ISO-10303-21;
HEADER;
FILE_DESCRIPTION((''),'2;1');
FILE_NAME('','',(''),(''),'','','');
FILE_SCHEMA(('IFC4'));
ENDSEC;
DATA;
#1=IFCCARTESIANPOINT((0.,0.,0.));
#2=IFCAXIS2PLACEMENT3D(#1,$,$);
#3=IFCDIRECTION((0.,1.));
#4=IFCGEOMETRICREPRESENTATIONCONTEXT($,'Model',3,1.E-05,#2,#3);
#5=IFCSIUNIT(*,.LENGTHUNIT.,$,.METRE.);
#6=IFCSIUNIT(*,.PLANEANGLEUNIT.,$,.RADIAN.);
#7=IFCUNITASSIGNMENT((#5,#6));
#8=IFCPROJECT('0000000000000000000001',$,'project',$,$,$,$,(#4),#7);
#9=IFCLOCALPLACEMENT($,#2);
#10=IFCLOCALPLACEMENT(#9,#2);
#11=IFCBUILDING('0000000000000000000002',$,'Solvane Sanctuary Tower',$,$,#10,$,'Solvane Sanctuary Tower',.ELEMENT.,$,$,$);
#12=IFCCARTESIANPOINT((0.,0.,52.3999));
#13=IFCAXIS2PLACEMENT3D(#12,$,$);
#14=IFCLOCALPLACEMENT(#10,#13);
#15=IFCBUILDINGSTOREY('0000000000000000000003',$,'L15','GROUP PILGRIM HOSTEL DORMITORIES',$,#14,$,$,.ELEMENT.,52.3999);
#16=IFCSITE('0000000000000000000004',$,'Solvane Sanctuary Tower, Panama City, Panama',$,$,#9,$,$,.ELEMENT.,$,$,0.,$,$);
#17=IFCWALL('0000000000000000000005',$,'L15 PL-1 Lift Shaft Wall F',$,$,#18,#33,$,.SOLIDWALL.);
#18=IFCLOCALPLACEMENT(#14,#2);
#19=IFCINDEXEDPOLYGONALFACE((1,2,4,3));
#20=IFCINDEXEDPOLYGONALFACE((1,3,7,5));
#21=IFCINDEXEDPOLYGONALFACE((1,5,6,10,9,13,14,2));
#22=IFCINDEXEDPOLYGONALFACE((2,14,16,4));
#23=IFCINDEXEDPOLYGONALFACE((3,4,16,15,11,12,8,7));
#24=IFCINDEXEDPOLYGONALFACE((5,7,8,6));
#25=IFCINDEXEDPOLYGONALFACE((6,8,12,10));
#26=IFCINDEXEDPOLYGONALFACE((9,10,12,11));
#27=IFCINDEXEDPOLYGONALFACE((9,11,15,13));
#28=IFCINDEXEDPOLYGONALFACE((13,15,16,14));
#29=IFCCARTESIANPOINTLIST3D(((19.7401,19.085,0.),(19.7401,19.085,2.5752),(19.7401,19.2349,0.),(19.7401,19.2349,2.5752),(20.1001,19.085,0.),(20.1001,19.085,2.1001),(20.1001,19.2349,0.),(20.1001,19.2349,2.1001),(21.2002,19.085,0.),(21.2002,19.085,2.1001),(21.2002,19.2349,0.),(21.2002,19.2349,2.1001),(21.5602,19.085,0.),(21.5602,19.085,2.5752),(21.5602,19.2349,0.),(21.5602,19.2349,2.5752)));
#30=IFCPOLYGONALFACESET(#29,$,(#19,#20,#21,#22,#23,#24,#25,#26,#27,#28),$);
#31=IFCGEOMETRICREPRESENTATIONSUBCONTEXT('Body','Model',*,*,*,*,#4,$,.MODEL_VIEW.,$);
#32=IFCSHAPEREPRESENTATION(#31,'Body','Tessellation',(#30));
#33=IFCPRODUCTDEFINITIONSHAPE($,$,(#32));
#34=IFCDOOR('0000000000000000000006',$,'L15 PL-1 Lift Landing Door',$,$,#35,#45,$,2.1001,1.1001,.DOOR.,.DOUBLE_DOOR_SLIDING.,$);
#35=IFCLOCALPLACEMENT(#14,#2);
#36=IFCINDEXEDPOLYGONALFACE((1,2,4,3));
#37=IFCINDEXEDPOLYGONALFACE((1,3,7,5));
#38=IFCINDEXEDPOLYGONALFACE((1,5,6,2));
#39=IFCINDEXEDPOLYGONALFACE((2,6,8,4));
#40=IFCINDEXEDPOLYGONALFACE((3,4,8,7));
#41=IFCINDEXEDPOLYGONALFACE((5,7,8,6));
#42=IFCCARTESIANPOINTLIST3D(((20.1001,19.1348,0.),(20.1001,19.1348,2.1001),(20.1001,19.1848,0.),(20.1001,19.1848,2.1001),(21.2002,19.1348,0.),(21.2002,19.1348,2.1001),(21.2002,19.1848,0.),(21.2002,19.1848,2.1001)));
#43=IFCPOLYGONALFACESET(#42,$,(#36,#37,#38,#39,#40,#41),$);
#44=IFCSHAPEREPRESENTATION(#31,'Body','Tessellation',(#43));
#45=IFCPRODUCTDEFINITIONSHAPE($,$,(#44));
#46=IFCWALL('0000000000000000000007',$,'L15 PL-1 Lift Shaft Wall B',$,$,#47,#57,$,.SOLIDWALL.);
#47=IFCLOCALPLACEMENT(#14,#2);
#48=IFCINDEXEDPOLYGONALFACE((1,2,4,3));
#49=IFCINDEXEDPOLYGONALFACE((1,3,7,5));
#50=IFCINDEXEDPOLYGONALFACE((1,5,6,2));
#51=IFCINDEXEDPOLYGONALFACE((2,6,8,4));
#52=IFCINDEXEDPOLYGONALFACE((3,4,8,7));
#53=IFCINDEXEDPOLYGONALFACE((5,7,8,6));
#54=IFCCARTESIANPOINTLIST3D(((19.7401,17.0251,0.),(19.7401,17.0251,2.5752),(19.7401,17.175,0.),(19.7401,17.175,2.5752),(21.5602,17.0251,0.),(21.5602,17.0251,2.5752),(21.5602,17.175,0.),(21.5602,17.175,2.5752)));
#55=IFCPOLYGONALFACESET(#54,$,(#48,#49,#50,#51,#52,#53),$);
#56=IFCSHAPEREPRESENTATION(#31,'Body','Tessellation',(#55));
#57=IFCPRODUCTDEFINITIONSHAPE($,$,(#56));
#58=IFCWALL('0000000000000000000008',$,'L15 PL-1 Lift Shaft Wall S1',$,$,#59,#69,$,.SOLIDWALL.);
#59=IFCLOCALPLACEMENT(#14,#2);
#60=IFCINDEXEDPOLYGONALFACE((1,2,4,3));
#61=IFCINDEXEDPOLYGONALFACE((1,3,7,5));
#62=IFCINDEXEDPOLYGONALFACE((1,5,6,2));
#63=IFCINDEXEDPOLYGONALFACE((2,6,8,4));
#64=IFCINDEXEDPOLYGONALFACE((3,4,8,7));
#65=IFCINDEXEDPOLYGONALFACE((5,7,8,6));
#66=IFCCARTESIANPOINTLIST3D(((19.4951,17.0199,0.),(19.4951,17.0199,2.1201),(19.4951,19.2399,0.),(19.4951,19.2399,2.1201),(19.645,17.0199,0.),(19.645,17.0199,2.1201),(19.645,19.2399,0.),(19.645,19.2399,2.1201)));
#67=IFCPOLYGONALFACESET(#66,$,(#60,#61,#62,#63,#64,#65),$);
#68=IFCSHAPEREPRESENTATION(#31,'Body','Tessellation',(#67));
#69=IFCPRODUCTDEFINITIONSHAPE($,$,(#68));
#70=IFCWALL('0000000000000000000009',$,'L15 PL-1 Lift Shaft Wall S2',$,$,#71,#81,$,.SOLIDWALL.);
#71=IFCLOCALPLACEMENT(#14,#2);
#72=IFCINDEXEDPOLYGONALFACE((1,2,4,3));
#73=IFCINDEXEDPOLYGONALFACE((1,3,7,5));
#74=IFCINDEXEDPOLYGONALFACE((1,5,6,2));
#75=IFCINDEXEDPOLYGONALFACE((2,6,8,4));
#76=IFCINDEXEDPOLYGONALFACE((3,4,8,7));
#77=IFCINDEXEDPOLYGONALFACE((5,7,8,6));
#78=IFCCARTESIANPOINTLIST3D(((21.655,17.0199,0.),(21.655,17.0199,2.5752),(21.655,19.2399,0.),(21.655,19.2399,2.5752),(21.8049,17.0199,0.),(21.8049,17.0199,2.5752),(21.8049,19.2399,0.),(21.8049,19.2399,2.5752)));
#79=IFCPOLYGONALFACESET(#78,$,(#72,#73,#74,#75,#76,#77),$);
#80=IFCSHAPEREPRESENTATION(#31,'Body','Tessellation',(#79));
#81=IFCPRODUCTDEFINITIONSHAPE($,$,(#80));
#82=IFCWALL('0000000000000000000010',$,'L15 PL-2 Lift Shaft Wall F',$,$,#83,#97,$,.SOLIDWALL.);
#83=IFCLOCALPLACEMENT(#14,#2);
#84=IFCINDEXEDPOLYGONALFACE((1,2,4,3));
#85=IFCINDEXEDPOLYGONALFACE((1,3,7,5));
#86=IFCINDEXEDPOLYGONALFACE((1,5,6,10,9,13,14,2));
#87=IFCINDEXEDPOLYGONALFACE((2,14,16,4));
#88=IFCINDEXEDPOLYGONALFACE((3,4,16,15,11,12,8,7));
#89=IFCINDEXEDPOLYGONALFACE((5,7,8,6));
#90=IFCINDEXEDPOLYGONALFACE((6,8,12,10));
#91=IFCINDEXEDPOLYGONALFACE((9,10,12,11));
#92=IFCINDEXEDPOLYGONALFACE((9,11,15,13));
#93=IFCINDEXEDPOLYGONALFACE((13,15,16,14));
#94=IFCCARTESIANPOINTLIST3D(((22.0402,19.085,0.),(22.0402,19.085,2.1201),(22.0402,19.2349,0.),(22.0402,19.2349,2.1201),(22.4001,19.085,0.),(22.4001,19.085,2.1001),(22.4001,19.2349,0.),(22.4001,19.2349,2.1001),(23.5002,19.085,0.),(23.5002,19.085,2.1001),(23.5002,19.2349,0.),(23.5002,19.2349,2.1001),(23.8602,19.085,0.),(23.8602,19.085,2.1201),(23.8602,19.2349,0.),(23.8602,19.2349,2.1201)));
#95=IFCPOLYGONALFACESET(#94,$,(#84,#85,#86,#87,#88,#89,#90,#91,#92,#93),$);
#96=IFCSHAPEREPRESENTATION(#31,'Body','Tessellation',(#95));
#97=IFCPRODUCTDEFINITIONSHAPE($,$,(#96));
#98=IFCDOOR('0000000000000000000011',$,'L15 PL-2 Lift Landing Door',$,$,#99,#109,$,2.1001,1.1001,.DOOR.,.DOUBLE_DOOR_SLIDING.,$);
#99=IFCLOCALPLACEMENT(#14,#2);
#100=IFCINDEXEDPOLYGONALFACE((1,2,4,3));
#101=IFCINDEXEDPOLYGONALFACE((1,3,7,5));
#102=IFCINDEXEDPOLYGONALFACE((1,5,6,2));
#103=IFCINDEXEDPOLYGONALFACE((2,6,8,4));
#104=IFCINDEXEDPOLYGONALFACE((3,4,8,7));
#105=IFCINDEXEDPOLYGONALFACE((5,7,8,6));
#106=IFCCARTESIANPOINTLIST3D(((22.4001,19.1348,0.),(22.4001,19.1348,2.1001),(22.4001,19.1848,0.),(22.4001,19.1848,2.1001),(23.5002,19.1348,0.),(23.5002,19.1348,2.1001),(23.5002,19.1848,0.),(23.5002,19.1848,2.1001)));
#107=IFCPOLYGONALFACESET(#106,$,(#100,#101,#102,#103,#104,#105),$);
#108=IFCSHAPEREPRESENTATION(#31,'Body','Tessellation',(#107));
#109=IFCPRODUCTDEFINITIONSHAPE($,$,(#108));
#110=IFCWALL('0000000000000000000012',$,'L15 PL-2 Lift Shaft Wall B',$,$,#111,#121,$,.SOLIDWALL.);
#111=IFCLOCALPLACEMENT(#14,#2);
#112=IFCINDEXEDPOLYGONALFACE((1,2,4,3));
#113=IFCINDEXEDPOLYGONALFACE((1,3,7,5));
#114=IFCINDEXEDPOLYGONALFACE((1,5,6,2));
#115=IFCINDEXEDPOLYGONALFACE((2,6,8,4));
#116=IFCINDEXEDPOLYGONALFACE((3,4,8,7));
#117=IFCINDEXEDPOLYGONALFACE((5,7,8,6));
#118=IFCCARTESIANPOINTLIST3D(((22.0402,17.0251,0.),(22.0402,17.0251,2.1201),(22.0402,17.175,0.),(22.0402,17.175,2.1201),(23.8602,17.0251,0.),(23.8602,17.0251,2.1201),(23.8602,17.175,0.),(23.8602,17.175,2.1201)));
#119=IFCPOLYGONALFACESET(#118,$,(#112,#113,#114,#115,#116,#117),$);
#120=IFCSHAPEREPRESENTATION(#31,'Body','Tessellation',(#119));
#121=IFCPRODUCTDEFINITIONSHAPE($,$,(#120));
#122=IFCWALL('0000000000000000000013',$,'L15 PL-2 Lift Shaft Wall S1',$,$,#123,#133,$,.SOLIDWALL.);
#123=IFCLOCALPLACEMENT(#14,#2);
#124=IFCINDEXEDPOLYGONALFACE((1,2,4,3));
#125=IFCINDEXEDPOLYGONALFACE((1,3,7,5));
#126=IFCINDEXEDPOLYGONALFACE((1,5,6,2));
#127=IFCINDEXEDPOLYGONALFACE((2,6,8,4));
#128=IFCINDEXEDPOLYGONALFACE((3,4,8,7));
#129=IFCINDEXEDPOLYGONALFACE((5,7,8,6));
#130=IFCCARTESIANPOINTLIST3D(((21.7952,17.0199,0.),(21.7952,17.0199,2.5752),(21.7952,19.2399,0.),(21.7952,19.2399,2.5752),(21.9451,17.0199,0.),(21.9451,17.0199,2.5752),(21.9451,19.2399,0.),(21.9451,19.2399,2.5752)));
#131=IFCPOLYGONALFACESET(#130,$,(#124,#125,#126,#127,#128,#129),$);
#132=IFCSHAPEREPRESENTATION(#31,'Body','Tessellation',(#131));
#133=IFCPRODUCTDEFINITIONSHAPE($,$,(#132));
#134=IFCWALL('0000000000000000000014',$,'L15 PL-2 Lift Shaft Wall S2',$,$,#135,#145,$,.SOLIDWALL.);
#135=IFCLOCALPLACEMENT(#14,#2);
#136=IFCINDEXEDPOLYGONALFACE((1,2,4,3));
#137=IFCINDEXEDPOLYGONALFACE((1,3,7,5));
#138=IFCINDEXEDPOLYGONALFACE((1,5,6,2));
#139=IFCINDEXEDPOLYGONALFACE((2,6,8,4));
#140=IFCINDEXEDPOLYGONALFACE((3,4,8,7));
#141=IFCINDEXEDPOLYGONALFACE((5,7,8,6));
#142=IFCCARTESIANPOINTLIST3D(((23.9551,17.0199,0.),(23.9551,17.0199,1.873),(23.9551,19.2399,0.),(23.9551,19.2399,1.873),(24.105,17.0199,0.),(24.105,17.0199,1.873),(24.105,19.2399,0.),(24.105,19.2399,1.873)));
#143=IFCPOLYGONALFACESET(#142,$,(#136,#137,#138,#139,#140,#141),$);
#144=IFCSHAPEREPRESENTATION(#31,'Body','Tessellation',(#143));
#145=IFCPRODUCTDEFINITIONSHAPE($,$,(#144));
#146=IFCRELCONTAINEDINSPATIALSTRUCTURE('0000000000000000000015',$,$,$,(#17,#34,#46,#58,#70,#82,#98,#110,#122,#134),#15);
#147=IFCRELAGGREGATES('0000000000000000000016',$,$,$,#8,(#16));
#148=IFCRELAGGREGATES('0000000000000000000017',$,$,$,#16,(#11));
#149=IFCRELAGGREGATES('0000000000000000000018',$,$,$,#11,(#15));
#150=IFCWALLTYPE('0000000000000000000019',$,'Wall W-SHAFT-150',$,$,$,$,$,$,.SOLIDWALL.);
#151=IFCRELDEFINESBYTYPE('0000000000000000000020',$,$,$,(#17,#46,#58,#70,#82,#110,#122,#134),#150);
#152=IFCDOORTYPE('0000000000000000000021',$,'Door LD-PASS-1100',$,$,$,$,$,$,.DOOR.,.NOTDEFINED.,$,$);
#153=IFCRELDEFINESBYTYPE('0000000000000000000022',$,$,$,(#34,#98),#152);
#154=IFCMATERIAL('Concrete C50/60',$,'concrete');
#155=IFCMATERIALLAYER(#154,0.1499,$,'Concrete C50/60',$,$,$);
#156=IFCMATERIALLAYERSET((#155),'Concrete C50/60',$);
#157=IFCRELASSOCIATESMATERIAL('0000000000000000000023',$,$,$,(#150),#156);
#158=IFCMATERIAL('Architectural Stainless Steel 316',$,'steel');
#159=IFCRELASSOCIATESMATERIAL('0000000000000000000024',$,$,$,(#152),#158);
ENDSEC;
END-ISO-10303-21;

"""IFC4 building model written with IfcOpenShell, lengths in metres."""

from ifc_helpers import new_model, si_unit, direction, frame, frame_2d, origin, place, context, subcontext, project, spatial, rectangle, extrude, material, layer, layer_set, type_object, element, fill, save


model = new_model("IFC4")

# Units and contexts
model_context = context("Model", 3, precision=1e-05, world=origin(), true_north=direction((0.0, 1.0)))
body_context = subcontext(model_context, "Body", "Model", "MODEL_VIEW")
ifc_project = project(units=[si_unit("LENGTHUNIT", "METRE"), si_unit("PLANEANGLEUNIT", "RADIAN")], contexts=[model_context])

# Site, building, storey
site_placement = place(None, origin())
site = spatial("IfcSite", under=ifc_project, at=site_placement, Name="Solvane Sanctuary Tower, Panama City, Panama", CompositionType="ELEMENT", RefElevation=0.0)
building_placement = place(site_placement, origin())
building = spatial("IfcBuilding", under=site, at=building_placement, Name="Solvane Sanctuary Tower", LongName="Solvane Sanctuary Tower", CompositionType="ELEMENT")
storey_placement = place(building_placement, frame((0.0, 0.0, 52.3999)))
storey = spatial("IfcBuildingStorey", under=building, at=storey_placement, Name="L15", Description="GROUP PILGRIM HOSTEL DORMITORIES", CompositionType="ELEMENT", Elevation=52.3999)

# Wall, opening, door
ifc_material_1 = material(Name="Concrete C50/60", Category="concrete")
ifc_layer_1 = layer(ifc_material_1, 0.1499, Name="Concrete C50/60")
ifc_layer_set_1 = layer_set([ifc_layer_1], Name="Concrete C50/60")
wall_type_1 = type_object("IfcWallType", Name="Wall W-SHAFT-150", PredefinedType="SOLIDWALL", material=ifc_layer_set_1)
wall_1_placement = place(storey_placement, frame((19.74, 19.1599, 0.0), z_axis=(0.0, 0.0, 1.0), x_axis=(1.0, 0.0, 0.0)))
wall_1 = element("IfcWall", 1, at=wall_1_placement, inside=storey, type_object=wall_type_1, Name="L15 PL-1 Lift Shaft Wall F", PredefinedType="SOLIDWALL", context=body_context, shape_type="SweptSolid", body=[
    extrude(rectangle(XDim=1.8201, YDim=0.1499, at=frame_2d((0.9102, 0.0))), origin(), (0.0, 0.0, 1.0), 2.5752),
])
opening_1_placement = place(wall_1_placement, frame((0.3601, 0.0, 0.0)))
opening_1 = element("IfcOpeningElement", 2, at=opening_1_placement, cuts=wall_1, PredefinedType="OPENING", context=body_context, shape_type="SweptSolid", body=[
    extrude(rectangle(XDim=1.1001, YDim=2.1001, at=frame_2d((0.55, 1.05))), frame((0.0, 0.085, 0.0), z_axis=(0.0, -1.0, 0.0), x_axis=(1.0, 0.0, 0.0)), (0.0, 0.0, 1.0), 0.1699),
])
ifc_material_2 = material(Name="Architectural Stainless Steel 316", Category="steel")
door_type = type_object("IfcDoorType", Name="Door LD-PASS-1100", OperationType="NOTDEFINED", PredefinedType="DOOR", material=ifc_material_2)
door_1_placement = place(opening_1_placement, origin())
door_1 = element("IfcDoor", 3, at=door_1_placement, inside=storey, type_object=door_type, Name="L15 PL-1 Lift Landing Door", OperationType="DOUBLE_DOOR_SLIDING", OverallHeight=2.1001, OverallWidth=1.1001, PredefinedType="DOOR", context=body_context, shape_type="SweptSolid", body=[
    extrude(rectangle(XDim=1.1001, YDim=2.1001, at=frame_2d((0.55, 1.05))), frame((0.0, 0.0249, 0.0), z_axis=(0.0, -1.0, 0.0), x_axis=(1.0, 0.0, 0.0)), (0.0, 0.0, 1.0), 0.05),
])
fill(opening_1, door_1)

# Walls
wall_2_placement = place(storey_placement, frame((19.74, 17.1001, 0.0), z_axis=(0.0, 0.0, 1.0), x_axis=(1.0, 0.0, 0.0)))
element("IfcWall", 4, at=wall_2_placement, inside=storey, type_object=wall_type_1, Name="L15 PL-1 Lift Shaft Wall B", PredefinedType="SOLIDWALL", context=body_context, shape_type="SweptSolid", body=[
    extrude(rectangle(XDim=1.8201, YDim=0.1499, at=frame_2d((0.9102, 0.0))), origin(), (0.0, 0.0, 1.0), 2.5752),
])
wall_3_placement = place(storey_placement, frame((19.5701, 17.02, 0.0), z_axis=(0.0, 0.0, 1.0), x_axis=(0.0, 1.0, 0.0)))
element("IfcWall", 5, at=wall_3_placement, inside=storey, type_object=wall_type_1, Name="L15 PL-1 Lift Shaft Wall S1", PredefinedType="SOLIDWALL", context=body_context, shape_type="SweptSolid", body=[
    extrude(rectangle(XDim=2.22, YDim=0.1499, at=frame_2d((1.1099, 0.0))), origin(), (0.0, 0.0, 1.0), 2.1201),
])
wall_4_placement = place(storey_placement, frame((21.73, 17.02, 0.0), z_axis=(0.0, 0.0, 1.0), x_axis=(0.0, 1.0, 0.0)))
element("IfcWall", 6, at=wall_4_placement, inside=storey, type_object=wall_type_1, Name="L15 PL-1 Lift Shaft Wall S2", PredefinedType="SOLIDWALL", context=body_context, shape_type="SweptSolid", body=[
    extrude(rectangle(XDim=2.22, YDim=0.1499, at=frame_2d((1.1099, 0.0))), origin(), (0.0, 0.0, 1.0), 2.5752),
])

# Wall, opening, door
wall_5_placement = place(storey_placement, frame((22.04, 19.1599, 0.0), z_axis=(0.0, 0.0, 1.0), x_axis=(1.0, 0.0, 0.0)))
wall_5 = element("IfcWall", 7, at=wall_5_placement, inside=storey, type_object=wall_type_1, Name="L15 PL-2 Lift Shaft Wall F", PredefinedType="SOLIDWALL", context=body_context, shape_type="SweptSolid", body=[
    extrude(rectangle(XDim=1.8201, YDim=0.1499, at=frame_2d((0.9102, 0.0))), origin(), (0.0, 0.0, 1.0), 2.1201),
])
opening_2_placement = place(wall_5_placement, frame((0.3601, 0.0, 0.0)))
opening_2 = element("IfcOpeningElement", 8, at=opening_2_placement, cuts=wall_5, PredefinedType="OPENING", context=body_context, shape_type="SweptSolid", body=[
    extrude(rectangle(XDim=1.1001, YDim=2.1001, at=frame_2d((0.55, 1.05))), frame((0.0, 0.085, 0.0), z_axis=(0.0, -1.0, 0.0), x_axis=(1.0, 0.0, 0.0)), (0.0, 0.0, 1.0), 0.1699),
])
door_2_placement = place(opening_2_placement, origin())
door_2 = element("IfcDoor", 9, at=door_2_placement, inside=storey, type_object=door_type, Name="L15 PL-2 Lift Landing Door", OperationType="DOUBLE_DOOR_SLIDING", OverallHeight=2.1001, OverallWidth=1.1001, PredefinedType="DOOR", context=body_context, shape_type="SweptSolid", body=[
    extrude(rectangle(XDim=1.1001, YDim=2.1001, at=frame_2d((0.55, 1.05))), frame((0.0, 0.0249, 0.0), z_axis=(0.0, -1.0, 0.0), x_axis=(1.0, 0.0, 0.0)), (0.0, 0.0, 1.0), 0.05),
])
fill(opening_2, door_2)

# Walls
wall_6_placement = place(storey_placement, frame((22.04, 17.1001, 0.0), z_axis=(0.0, 0.0, 1.0), x_axis=(1.0, 0.0, 0.0)))
element("IfcWall", 10, at=wall_6_placement, inside=storey, type_object=wall_type_1, Name="L15 PL-2 Lift Shaft Wall B", PredefinedType="SOLIDWALL", context=body_context, shape_type="SweptSolid", body=[
    extrude(rectangle(XDim=1.8201, YDim=0.1499, at=frame_2d((0.9102, 0.0))), origin(), (0.0, 0.0, 1.0), 2.1201),
])
wall_7_placement = place(storey_placement, frame((21.8701, 17.02, 0.0), z_axis=(0.0, 0.0, 1.0), x_axis=(0.0, 1.0, 0.0)))
element("IfcWall", 11, at=wall_7_placement, inside=storey, type_object=wall_type_1, Name="L15 PL-2 Lift Shaft Wall S1", PredefinedType="SOLIDWALL", context=body_context, shape_type="SweptSolid", body=[
    extrude(rectangle(XDim=2.22, YDim=0.1499, at=frame_2d((1.1099, 0.0))), origin(), (0.0, 0.0, 1.0), 2.5752),
])
wall_8_placement = place(storey_placement, frame((24.03, 17.02, 0.0), z_axis=(0.0, 0.0, 1.0), x_axis=(0.0, 1.0, 0.0)))
element("IfcWall", 12, at=wall_8_placement, inside=storey, type_object=wall_type_1, Name="L15 PL-2 Lift Shaft Wall S2", PredefinedType="SOLIDWALL", context=body_context, shape_type="SweptSolid", body=[
    extrude(rectangle(XDim=2.22, YDim=0.1499, at=frame_2d((1.1099, 0.0))), origin(), (0.0, 0.0, 1.0), 1.873),
])

save(model, "model.ifc")
